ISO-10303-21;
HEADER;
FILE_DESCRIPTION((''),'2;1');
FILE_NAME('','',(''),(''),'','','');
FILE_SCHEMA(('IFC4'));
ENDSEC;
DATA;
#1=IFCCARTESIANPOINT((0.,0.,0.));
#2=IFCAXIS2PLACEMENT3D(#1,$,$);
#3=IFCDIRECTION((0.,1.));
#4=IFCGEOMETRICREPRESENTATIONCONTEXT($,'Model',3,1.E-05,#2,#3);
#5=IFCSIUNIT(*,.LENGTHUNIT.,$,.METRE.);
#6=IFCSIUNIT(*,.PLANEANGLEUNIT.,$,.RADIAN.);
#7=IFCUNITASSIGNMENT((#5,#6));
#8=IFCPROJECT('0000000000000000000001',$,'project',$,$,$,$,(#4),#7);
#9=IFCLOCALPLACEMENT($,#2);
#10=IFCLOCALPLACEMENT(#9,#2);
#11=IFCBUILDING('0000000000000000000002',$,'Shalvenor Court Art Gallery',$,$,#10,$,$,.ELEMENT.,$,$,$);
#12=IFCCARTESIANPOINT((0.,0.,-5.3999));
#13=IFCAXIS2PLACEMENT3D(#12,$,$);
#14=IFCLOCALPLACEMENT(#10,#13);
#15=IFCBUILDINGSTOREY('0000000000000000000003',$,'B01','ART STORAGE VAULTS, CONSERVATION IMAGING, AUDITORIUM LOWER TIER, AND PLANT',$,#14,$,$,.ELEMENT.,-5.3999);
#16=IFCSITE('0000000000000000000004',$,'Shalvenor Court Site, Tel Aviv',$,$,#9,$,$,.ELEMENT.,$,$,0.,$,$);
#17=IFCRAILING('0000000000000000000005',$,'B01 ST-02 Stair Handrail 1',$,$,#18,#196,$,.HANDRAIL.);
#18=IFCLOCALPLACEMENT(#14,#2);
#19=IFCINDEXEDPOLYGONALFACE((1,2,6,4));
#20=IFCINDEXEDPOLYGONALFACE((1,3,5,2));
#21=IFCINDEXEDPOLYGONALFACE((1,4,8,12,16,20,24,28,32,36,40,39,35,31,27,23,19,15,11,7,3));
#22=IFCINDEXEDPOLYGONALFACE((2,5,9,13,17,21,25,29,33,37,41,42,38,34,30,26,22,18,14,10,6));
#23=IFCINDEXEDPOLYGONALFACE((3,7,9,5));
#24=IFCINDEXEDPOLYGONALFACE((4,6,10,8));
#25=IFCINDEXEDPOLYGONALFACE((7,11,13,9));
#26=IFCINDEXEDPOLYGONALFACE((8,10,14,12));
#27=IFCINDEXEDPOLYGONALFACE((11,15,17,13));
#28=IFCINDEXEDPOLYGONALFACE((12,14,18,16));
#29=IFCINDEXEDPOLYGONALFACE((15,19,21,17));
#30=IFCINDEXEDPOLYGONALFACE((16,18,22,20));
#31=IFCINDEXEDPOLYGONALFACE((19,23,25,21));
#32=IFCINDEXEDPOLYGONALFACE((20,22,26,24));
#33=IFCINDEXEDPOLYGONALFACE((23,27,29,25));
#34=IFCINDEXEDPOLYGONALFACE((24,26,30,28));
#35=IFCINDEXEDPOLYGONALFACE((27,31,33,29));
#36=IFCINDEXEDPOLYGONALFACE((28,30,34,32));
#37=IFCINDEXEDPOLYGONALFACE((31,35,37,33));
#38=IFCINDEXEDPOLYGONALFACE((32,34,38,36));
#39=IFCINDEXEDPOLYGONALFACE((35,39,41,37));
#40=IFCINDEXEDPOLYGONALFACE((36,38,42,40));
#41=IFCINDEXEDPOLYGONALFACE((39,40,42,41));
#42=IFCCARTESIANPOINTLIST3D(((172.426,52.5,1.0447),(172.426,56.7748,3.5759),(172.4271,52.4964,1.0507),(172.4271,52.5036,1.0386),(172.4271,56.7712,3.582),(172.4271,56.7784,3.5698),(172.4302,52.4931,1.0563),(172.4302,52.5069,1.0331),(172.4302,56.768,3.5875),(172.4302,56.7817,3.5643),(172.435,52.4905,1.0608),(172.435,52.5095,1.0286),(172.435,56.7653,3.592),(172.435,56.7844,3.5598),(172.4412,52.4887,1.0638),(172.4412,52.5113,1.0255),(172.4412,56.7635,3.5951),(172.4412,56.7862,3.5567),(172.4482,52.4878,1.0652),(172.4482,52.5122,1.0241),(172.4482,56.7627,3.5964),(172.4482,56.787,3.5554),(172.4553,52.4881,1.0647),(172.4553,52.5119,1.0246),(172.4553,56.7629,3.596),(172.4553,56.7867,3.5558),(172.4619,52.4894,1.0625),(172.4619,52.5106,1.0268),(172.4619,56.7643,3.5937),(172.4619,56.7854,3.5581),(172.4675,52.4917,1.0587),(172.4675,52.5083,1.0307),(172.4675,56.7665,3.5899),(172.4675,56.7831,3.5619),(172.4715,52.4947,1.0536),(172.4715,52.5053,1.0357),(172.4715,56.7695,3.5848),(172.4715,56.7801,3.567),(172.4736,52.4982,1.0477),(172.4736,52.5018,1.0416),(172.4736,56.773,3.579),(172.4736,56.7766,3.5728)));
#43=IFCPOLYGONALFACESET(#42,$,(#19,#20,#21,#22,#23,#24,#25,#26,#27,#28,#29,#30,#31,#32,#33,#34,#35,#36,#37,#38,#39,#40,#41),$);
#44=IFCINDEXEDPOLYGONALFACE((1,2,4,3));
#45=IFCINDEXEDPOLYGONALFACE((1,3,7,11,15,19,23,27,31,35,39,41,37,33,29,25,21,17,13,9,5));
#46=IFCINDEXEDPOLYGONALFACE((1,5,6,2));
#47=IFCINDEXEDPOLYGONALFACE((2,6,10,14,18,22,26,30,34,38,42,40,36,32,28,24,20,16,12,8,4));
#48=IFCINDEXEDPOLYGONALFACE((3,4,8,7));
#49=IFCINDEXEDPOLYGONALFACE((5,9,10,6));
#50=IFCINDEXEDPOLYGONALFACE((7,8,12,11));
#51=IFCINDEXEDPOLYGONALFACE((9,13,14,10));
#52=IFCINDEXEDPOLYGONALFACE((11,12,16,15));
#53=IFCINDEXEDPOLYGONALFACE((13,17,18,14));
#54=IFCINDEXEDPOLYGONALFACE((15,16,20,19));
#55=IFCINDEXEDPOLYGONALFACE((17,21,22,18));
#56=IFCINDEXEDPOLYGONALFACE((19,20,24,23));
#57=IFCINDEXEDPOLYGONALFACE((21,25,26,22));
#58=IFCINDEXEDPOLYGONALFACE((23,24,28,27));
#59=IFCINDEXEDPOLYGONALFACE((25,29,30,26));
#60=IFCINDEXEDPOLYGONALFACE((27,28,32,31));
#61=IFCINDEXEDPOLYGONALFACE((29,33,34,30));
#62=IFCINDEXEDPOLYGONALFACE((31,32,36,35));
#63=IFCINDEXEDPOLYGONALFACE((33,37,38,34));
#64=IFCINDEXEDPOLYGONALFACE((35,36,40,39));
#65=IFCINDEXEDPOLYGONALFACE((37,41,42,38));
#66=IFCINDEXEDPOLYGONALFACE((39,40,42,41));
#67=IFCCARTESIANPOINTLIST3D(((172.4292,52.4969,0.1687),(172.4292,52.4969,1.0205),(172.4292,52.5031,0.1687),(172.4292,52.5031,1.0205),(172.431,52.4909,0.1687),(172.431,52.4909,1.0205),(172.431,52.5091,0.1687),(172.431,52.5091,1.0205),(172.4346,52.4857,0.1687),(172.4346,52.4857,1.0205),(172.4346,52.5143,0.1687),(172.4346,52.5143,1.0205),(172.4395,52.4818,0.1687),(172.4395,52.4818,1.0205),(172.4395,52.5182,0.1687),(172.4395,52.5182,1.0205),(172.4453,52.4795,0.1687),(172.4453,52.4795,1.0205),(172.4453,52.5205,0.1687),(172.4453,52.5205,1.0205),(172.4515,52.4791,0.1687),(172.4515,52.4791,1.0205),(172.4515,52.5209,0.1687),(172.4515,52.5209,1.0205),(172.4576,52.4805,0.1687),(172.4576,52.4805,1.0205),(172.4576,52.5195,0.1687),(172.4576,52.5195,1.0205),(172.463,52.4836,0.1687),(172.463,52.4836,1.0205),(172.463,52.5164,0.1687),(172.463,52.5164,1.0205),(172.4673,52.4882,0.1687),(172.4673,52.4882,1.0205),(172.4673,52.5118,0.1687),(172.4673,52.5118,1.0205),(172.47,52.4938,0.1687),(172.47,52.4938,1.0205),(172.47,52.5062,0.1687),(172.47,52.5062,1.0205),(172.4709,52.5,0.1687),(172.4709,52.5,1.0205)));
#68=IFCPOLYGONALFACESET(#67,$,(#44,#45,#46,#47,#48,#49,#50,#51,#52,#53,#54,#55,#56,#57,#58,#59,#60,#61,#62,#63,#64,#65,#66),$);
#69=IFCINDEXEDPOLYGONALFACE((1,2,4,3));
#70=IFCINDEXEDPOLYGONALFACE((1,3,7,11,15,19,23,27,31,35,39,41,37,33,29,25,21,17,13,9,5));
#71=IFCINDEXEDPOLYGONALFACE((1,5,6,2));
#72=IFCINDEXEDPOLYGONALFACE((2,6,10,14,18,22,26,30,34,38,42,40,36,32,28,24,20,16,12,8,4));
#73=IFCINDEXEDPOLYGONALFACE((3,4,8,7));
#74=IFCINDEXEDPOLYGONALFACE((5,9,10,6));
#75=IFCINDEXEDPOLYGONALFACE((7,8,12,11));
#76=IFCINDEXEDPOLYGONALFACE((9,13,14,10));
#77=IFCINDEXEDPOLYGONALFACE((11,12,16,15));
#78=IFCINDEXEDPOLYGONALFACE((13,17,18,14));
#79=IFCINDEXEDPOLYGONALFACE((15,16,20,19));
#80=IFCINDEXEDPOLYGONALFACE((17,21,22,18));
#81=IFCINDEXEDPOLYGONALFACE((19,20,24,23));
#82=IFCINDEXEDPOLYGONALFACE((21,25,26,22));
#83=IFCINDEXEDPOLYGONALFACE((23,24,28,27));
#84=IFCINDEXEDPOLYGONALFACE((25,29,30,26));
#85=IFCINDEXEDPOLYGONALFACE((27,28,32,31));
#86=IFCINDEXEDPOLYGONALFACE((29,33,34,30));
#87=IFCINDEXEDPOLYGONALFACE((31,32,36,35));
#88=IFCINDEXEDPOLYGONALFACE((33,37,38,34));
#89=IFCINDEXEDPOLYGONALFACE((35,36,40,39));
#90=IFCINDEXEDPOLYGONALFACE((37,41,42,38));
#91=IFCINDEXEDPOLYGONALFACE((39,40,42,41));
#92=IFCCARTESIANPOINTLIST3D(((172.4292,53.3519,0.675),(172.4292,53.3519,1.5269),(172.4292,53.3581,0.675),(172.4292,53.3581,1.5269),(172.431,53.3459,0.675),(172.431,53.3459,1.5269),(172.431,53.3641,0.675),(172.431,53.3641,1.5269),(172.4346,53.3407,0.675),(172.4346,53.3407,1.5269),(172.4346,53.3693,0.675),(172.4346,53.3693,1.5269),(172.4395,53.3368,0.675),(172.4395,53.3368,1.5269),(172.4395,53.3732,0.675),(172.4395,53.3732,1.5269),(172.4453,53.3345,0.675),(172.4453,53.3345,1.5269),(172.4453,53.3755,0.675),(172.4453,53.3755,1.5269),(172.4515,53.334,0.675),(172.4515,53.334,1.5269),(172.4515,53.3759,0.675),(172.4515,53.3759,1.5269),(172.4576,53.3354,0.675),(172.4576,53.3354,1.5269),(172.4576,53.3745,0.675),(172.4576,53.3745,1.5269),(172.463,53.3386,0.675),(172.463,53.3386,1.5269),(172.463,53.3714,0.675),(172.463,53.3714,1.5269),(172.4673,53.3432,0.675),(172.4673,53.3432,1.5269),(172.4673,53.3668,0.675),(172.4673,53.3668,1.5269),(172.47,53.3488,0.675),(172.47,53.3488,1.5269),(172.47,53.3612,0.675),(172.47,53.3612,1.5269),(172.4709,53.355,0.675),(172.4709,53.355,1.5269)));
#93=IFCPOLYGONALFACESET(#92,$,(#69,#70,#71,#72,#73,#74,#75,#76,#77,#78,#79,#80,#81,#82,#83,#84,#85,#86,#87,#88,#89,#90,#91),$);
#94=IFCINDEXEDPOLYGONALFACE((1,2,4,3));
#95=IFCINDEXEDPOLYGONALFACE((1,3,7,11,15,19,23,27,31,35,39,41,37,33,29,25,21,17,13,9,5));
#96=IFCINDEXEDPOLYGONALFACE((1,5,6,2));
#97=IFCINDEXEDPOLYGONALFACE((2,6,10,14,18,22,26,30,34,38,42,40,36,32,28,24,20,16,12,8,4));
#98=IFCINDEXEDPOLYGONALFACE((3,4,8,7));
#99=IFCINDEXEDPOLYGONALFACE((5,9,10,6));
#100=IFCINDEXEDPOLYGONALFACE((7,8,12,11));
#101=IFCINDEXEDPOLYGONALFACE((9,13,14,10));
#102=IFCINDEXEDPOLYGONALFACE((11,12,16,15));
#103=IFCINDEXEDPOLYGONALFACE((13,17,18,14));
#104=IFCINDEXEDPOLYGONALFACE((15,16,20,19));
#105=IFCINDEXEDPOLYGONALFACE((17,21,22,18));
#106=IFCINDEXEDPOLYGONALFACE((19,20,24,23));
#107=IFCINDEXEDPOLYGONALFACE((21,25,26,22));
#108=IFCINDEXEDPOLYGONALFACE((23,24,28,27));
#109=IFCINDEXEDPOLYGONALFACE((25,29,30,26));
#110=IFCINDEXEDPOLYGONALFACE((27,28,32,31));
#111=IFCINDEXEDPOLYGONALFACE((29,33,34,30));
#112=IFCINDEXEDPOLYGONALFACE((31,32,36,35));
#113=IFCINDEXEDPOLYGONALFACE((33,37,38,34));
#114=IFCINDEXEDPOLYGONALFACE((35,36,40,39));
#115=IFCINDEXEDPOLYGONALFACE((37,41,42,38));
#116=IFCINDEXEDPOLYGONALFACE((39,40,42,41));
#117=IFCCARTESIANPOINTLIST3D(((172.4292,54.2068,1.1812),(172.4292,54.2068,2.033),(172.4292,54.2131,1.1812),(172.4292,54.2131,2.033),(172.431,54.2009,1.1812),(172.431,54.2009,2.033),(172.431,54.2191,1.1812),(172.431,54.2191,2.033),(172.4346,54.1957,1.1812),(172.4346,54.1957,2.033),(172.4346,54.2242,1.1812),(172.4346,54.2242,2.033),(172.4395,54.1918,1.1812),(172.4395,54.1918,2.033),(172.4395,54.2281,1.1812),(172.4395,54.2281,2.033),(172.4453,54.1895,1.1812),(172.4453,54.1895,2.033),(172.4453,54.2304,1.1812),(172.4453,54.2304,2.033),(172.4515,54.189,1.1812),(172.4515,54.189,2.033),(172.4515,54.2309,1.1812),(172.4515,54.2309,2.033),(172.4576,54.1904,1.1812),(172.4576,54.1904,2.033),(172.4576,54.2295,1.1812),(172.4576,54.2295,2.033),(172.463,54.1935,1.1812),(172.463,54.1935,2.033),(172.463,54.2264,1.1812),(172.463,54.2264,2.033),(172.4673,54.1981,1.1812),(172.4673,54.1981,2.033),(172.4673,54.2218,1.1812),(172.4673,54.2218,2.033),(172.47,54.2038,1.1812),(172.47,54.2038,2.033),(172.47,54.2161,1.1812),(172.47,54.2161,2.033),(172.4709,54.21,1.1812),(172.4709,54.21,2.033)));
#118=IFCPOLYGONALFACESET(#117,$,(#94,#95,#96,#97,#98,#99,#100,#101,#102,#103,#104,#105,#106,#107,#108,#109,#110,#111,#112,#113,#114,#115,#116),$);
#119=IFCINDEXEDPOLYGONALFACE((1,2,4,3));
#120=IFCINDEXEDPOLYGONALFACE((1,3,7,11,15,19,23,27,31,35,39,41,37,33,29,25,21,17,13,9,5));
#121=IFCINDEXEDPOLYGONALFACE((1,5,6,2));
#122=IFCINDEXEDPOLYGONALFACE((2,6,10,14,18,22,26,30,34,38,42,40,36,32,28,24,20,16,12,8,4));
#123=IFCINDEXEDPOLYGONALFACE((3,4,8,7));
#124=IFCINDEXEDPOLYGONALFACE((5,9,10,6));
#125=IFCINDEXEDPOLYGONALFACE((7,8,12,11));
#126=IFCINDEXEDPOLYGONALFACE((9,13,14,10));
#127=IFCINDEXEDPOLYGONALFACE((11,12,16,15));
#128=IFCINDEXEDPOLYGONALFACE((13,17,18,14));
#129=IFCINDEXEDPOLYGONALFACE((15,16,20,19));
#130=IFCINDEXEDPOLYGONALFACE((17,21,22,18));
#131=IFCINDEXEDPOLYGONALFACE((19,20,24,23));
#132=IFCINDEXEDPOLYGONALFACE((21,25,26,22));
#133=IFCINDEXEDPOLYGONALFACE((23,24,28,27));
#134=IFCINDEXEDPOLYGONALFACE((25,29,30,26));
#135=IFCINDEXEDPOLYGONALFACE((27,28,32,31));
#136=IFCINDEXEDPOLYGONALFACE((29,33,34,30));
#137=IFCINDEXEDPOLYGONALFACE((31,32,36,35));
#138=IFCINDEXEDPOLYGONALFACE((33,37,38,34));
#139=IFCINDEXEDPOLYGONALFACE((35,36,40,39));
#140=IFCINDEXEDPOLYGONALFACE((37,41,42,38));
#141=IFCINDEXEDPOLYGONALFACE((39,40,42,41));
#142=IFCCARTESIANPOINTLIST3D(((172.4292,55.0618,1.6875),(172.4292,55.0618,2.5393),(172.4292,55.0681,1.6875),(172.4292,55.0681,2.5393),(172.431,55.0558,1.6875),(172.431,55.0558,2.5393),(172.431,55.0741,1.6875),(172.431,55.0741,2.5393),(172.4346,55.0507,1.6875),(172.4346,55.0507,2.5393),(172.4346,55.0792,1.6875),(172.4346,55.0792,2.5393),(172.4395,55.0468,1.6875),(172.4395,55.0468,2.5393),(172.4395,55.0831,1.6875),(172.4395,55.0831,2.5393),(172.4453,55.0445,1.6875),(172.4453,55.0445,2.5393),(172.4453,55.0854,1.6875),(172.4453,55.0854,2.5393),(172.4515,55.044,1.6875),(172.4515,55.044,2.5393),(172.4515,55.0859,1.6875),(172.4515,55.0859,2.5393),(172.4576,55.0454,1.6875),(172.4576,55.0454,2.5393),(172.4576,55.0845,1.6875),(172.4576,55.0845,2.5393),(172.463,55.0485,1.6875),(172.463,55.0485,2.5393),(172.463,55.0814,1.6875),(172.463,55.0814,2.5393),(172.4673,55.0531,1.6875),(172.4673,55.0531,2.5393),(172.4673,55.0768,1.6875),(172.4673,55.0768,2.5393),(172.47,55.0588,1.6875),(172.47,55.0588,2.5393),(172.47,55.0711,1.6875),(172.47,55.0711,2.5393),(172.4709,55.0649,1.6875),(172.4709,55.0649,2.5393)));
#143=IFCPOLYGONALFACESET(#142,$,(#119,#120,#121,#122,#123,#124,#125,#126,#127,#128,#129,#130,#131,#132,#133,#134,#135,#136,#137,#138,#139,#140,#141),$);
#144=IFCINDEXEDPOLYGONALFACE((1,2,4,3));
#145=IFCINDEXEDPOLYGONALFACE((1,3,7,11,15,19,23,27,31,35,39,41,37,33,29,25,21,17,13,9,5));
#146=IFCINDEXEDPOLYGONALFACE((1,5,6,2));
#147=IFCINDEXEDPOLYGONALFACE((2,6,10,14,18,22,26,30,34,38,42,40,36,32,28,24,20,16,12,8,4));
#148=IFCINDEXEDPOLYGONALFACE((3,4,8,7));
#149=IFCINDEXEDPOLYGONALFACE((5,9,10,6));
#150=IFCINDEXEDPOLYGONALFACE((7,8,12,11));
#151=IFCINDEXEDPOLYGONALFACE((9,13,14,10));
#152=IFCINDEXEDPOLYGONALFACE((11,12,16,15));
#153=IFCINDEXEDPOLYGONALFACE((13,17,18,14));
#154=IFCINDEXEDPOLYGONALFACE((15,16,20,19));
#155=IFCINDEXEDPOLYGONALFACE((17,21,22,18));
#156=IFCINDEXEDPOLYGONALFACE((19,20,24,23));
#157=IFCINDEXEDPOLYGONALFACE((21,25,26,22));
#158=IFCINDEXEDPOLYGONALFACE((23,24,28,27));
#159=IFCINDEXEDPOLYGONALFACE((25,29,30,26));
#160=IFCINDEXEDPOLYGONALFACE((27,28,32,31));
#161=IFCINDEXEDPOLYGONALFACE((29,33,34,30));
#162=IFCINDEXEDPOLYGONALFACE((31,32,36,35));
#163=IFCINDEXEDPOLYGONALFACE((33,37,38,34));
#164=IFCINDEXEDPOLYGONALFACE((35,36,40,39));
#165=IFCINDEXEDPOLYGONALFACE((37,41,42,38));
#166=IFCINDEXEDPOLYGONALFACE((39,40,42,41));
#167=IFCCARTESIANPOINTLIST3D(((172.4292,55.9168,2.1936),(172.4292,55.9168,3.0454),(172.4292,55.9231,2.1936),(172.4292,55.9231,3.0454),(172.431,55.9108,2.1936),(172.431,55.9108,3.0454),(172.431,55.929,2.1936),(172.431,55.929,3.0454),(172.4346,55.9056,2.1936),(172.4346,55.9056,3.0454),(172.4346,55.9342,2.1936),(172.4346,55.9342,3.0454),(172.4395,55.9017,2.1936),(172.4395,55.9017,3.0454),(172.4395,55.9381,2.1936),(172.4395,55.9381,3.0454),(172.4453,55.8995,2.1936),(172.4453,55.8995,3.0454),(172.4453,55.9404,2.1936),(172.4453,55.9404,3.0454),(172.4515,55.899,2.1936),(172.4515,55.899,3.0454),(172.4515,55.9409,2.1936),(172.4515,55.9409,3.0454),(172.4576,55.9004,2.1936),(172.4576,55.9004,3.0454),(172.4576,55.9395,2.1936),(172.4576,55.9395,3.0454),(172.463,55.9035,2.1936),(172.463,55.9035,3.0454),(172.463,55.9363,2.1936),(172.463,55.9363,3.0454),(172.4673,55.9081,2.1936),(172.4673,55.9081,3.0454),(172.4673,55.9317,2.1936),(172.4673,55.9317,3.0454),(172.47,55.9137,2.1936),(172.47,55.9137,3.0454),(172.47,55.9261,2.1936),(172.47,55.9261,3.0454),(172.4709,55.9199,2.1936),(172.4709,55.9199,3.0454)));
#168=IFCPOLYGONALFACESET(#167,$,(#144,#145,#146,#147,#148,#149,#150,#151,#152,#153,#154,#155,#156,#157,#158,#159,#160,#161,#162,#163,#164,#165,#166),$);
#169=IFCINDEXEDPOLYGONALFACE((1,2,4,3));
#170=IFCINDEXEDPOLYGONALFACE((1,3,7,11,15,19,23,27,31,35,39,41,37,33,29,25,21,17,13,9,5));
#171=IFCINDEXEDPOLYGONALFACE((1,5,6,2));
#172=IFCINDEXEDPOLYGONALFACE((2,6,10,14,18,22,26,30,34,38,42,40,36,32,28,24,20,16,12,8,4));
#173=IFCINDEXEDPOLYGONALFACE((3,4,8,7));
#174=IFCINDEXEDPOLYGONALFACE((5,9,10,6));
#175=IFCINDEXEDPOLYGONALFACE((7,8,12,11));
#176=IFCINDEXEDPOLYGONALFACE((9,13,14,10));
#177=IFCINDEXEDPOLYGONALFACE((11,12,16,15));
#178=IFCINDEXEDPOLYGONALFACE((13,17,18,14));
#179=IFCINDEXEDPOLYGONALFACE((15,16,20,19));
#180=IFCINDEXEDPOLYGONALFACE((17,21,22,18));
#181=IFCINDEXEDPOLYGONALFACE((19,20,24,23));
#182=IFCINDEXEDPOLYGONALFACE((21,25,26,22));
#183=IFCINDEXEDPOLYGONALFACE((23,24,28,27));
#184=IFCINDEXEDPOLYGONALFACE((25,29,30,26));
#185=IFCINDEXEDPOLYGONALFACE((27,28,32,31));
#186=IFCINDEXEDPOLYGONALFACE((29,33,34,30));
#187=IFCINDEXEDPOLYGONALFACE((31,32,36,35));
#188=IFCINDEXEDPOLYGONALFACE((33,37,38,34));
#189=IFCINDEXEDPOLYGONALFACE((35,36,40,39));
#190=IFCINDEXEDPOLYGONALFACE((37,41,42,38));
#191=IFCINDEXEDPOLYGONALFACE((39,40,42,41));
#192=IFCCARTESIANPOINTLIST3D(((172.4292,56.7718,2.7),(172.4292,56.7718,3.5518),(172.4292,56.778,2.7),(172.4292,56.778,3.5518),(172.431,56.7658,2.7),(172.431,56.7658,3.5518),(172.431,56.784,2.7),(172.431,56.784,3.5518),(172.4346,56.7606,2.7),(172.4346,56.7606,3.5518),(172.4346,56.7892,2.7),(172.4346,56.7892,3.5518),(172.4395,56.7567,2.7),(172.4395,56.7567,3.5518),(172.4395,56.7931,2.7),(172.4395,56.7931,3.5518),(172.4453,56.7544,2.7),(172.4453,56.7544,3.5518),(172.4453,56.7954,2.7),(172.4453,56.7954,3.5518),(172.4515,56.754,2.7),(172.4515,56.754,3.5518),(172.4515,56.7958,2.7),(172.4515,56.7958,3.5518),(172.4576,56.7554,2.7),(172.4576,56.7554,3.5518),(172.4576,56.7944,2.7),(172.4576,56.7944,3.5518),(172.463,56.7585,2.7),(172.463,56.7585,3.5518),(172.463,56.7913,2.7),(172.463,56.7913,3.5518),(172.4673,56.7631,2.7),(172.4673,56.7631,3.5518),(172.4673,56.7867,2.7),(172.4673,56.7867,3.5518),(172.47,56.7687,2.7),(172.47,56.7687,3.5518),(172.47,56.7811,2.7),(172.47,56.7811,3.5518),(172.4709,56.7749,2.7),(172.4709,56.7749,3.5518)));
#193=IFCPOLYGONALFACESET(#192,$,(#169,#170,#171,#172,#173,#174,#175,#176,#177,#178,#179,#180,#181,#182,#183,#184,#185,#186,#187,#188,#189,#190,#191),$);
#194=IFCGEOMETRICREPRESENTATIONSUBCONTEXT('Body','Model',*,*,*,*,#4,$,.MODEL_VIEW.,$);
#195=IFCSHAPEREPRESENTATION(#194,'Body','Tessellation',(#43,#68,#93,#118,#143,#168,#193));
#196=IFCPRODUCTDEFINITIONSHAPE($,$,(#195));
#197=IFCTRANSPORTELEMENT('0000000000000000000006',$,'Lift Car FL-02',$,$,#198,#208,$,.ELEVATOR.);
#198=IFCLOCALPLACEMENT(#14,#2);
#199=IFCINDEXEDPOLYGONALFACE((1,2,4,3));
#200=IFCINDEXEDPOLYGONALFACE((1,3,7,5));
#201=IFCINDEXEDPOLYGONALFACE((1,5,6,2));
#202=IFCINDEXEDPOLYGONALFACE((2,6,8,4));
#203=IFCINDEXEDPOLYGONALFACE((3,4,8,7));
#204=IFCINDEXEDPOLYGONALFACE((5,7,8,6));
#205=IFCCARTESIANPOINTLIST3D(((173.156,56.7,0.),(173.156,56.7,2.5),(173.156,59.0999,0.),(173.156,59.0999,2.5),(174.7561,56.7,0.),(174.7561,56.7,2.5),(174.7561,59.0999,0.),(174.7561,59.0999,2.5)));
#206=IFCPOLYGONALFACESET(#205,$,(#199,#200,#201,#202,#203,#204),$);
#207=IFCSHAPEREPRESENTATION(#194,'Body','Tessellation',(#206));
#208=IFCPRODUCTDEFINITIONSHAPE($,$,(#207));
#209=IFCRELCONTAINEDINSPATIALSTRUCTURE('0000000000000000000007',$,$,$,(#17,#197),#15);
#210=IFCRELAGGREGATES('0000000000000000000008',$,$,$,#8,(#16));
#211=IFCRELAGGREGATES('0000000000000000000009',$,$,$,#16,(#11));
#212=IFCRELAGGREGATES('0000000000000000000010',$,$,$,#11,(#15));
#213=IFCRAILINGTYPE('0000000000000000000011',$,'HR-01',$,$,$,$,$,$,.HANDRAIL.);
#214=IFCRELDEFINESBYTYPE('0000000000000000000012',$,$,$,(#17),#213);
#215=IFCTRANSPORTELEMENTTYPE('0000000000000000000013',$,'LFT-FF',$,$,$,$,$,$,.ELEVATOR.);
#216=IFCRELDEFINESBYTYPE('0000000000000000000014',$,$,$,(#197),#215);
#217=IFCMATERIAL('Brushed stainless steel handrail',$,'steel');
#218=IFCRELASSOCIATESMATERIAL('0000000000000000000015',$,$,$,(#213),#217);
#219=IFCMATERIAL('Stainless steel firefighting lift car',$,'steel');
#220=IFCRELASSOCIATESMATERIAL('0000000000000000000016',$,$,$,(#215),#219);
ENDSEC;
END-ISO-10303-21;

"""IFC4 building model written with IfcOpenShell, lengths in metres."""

from ifc_helpers import new_model, si_unit, direction, frame, origin, origin_2d, place, context, subcontext, project, spatial, rectangle, circle, extrude, material, type_object, element, save


model = new_model("IFC4")

# Units and contexts
model_context = context("Model", 3, precision=1e-05, world=origin(), true_north=direction((0.0, 1.0)))
body_context = subcontext(model_context, "Body", "Model", "MODEL_VIEW")
ifc_project = project(units=[si_unit("LENGTHUNIT", "METRE"), si_unit("PLANEANGLEUNIT", "RADIAN")], contexts=[model_context])

# Site, building, storey
site_placement = place(None, origin())
site = spatial("IfcSite", under=ifc_project, at=site_placement, Name="Shalvenor Court Site, Tel Aviv", CompositionType="ELEMENT", RefElevation=0.0)
building_placement = place(site_placement, origin())
building = spatial("IfcBuilding", under=site, at=building_placement, Name="Shalvenor Court Art Gallery", CompositionType="ELEMENT")
storey_placement = place(building_placement, frame((0.0, 0.0, -5.3999)))
storey = spatial("IfcBuildingStorey", under=building, at=storey_placement, Name="B01", Description="ART STORAGE VAULTS, CONSERVATION IMAGING, AUDITORIUM LOWER TIER, AND PLANT", CompositionType="ELEMENT", Elevation=-5.3999)

# Railing
ifc_material_1 = material(Name="Brushed stainless steel handrail", Category="steel")
railing_type_1 = type_object("IfcRailingType", Name="HR-01", PredefinedType="HANDRAIL", material=ifc_material_1)
railing_1_placement = place(storey_placement, frame((172.45, 52.5, 0.1687)))
element("IfcRailing", 1, at=railing_1_placement, inside=storey, type_object=railing_type_1, Name="B01 ST-02 Stair Handrail 1", PredefinedType="HANDRAIL", context=body_context, shape_type="SweptSolid", body=[
    extrude(circle(Radius=0.0239, at=origin_2d()), frame((0.0, 0.0, 0.876), z_axis=(0.0, 0.86047, 0.509501), x_axis=(-1.0, 0.0, 0.0)), (0.0, 0.0, 1.0), 4.968),
    extrude(circle(Radius=0.021, at=origin_2d()), origin(), (0.0, 0.0, 1.0), 0.8518),
    extrude(circle(Radius=0.021, at=origin_2d()), frame((0.0, 0.855, 0.5063)), (0.0, 0.0, 1.0), 0.8518),
    extrude(circle(Radius=0.021, at=origin_2d()), frame((0.0, 1.71, 1.0125)), (0.0, 0.0, 1.0), 0.8518),
    extrude(circle(Radius=0.021, at=origin_2d()), frame((0.0, 2.5649, 1.5188)), (0.0, 0.0, 1.0), 0.8518),
    extrude(circle(Radius=0.021, at=origin_2d()), frame((0.0, 3.4199, 2.0249)), (0.0, 0.0, 1.0), 0.8518),
    extrude(circle(Radius=0.021, at=origin_2d()), frame((0.0, 4.2749, 2.5312)), (0.0, 0.0, 1.0), 0.8518),
])

# Transport element
ifc_material_2 = material(Name="Stainless steel firefighting lift car", Category="steel")
transport_element_type = type_object("IfcTransportElementType", Name="LFT-FF", PredefinedType="ELEVATOR", material=ifc_material_2)
transport_element_placement = place(storey_placement, frame((173.9561, 57.8999, 0.0), z_axis=(0.0, 0.0, 1.0), x_axis=(1.0, 0.0, 0.0)))
element("IfcTransportElement", 2, at=transport_element_placement, inside=storey, type_object=transport_element_type, Name="Lift Car FL-02", PredefinedType="ELEVATOR", context=body_context, shape_type="SweptSolid", body=[
    extrude(rectangle(XDim=1.6001, YDim=2.3999, at=origin_2d()), origin(), (0.0, 0.0, 1.0), 2.5),
])

save(model, "model.ifc")
